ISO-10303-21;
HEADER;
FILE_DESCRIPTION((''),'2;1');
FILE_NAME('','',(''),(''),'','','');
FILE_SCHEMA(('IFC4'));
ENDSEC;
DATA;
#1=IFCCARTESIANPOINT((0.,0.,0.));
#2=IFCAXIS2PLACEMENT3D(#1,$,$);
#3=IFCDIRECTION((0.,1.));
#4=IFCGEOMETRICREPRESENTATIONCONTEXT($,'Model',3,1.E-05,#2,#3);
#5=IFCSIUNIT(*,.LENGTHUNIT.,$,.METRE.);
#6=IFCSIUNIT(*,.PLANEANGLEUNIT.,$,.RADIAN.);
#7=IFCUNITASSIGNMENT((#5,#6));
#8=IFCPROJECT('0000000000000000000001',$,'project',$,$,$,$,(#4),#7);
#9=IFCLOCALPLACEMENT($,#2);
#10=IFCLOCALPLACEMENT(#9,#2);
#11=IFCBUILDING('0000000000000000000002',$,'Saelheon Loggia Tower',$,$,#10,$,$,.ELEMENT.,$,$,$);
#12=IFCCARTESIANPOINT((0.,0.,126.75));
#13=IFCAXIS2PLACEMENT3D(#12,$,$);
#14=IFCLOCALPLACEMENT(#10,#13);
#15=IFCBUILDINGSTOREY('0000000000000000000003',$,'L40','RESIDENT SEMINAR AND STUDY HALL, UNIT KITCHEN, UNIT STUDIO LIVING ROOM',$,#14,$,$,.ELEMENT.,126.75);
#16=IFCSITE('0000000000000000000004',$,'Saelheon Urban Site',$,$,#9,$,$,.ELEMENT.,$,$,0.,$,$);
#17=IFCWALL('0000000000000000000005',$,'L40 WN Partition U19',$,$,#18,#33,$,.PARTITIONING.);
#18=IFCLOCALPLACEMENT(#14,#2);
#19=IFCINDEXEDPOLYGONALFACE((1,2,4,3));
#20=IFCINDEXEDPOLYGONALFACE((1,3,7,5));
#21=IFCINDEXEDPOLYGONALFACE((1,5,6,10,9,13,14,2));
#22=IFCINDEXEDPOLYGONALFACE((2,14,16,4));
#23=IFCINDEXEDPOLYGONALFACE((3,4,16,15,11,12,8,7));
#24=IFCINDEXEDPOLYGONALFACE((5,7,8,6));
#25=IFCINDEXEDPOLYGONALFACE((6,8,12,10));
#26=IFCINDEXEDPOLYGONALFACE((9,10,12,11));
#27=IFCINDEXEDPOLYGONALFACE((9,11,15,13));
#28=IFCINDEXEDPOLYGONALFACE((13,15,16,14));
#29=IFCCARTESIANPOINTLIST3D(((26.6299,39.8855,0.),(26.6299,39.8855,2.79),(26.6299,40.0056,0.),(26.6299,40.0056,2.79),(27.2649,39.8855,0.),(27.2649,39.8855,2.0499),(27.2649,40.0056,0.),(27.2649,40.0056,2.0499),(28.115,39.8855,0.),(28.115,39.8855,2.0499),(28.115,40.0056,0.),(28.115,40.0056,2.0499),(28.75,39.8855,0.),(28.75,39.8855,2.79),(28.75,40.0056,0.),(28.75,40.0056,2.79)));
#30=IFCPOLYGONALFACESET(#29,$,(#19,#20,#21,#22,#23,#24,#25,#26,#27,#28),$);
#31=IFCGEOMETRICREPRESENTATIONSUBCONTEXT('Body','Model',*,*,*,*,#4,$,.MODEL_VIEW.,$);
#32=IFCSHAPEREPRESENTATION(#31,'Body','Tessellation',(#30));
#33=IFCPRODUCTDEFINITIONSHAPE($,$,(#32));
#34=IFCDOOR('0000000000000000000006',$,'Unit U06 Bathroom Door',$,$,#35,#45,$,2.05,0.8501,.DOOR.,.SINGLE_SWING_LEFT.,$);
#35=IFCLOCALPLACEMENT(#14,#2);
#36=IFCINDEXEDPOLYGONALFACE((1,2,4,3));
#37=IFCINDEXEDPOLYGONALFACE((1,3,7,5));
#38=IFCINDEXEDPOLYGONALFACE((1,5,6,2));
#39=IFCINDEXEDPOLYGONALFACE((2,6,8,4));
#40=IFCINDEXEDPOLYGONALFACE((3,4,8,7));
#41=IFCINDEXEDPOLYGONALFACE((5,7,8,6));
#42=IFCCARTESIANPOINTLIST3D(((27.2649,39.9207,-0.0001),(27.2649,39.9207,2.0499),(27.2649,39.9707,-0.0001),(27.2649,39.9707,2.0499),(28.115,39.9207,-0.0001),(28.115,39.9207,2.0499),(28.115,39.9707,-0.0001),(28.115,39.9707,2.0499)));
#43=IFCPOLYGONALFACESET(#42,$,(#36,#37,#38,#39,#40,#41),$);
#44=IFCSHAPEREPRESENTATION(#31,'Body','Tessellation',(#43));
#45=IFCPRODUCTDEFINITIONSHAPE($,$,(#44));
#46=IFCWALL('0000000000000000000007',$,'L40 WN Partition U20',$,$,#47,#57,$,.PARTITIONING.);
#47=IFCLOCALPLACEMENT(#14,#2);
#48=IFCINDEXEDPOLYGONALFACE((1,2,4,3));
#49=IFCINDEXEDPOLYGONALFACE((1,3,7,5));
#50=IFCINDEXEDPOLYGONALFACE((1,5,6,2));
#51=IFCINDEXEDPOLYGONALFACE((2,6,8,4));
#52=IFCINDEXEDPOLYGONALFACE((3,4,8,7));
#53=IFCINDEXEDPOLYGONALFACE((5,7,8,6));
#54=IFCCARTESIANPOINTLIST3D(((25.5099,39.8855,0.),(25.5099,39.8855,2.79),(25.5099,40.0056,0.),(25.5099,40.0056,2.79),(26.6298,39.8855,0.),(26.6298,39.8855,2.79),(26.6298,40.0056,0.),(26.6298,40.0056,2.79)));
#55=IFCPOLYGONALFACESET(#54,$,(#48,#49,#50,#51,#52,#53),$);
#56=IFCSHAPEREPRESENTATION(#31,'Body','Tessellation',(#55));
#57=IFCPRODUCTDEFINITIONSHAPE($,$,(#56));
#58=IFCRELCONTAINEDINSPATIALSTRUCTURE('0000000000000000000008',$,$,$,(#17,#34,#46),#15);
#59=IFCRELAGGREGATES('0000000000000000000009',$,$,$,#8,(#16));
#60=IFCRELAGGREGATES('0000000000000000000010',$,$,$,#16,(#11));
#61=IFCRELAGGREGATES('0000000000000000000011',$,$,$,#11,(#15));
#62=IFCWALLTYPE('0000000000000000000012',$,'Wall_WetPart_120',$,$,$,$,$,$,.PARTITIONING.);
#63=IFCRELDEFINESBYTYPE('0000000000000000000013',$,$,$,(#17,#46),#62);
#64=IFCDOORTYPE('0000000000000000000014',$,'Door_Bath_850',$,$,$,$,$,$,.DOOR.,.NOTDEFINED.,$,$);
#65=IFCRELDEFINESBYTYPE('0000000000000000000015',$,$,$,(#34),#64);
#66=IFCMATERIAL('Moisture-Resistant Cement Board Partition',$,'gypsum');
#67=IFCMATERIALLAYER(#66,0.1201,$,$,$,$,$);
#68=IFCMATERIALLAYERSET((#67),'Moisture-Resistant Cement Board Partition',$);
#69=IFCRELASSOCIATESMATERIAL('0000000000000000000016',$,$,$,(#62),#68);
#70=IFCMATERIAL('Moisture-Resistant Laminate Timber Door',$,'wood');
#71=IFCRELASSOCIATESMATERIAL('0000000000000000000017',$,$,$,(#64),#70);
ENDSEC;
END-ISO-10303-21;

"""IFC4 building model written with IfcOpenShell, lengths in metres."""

from ifc_helpers import new_model, si_unit, direction, frame, frame_2d, origin, place, context, subcontext, project, spatial, rectangle, extrude, source, transform, mapped, material, layer, layer_set, type_object, element, fill, save


model = new_model("IFC4")

# Units and contexts
model_context = context("Model", 3, precision=1e-05, world=origin(), true_north=direction((0.0, 1.0)))
body_context = subcontext(model_context, "Body", "Model", "MODEL_VIEW")
ifc_project = project(units=[si_unit("LENGTHUNIT", "METRE"), si_unit("PLANEANGLEUNIT", "RADIAN")], contexts=[model_context])

# Site, building, storey
site_placement = place(None, origin())
site = spatial("IfcSite", under=ifc_project, at=site_placement, Name="Saelheon Urban Site", CompositionType="ELEMENT", RefElevation=0.0)
building_placement = place(site_placement, origin())
building = spatial("IfcBuilding", under=site, at=building_placement, Name="Saelheon Loggia Tower", CompositionType="ELEMENT")
storey_placement = place(building_placement, frame((0.0, 0.0, 126.75)))
storey = spatial("IfcBuildingStorey", under=building, at=storey_placement, Name="L40", Description="RESIDENT SEMINAR AND STUDY HALL, UNIT KITCHEN, UNIT STUDIO LIVING ROOM", CompositionType="ELEMENT", Elevation=126.75)

# Shared definitions
ifc_material_1 = material(Name="Moisture-Resistant Cement Board Partition", Category="gypsum")
ifc_layer_1 = layer(ifc_material_1, 0.1201)
ifc_layer_set_1 = layer_set([ifc_layer_1], Name="Moisture-Resistant Cement Board Partition")
wall_type_1 = type_object("IfcWallType", Name="Wall_WetPart_120", PredefinedType="PARTITIONING", material=ifc_layer_set_1)

# Wall, opening, door
wall_1_placement = place(storey_placement, frame((28.75, 39.9456, 0.0), z_axis=(0.0, 0.0, 1.0), x_axis=(-1.0, 0.0, 0.0)))
wall_1 = element("IfcWall", 1, at=wall_1_placement, inside=storey, type_object=wall_type_1, Name="L40 WN Partition U19", PredefinedType="PARTITIONING", context=body_context, shape_type="SweptSolid", body=[
    extrude(rectangle(XDim=2.1201, YDim=0.1201, at=frame_2d((1.0601, 0.0))), origin(), (0.0, 0.0, 1.0), 2.79),
])
opening_1_placement = place(wall_1_placement, frame((0.635, 0.0, 0.0)))
opening_1 = element("IfcOpeningElement", 2, at=opening_1_placement, cuts=wall_1, PredefinedType="OPENING", context=body_context, shape_type="SweptSolid", body=[
    extrude(rectangle(XDim=0.8501, YDim=2.05, at=frame_2d((0.425, 1.0249))), frame((0.0, 0.072, 0.0), z_axis=(0.0, -1.0, 0.0), x_axis=(1.0, 0.0, 0.0)), (0.0, 0.0, 1.0), 0.144),
])
ifc_material_2 = material(Name="Moisture-Resistant Laminate Timber Door", Category="wood")
door_type_1 = type_object("IfcDoorType", Name="Door_Bath_850", OperationType="NOTDEFINED", PredefinedType="DOOR", material=ifc_material_2)
shared_shape_1 = source(origin(), body_context, "Body", "SweptSolid", [
    extrude(rectangle(XDim=0.8501, YDim=2.05, at=frame_2d((0.425, 1.0249))), frame((0.0, 0.0249, 0.0), z_axis=(0.0, -1.0, 0.0), x_axis=(1.0, 0.0, 0.0)), (0.0, 0.0, 1.0), 0.05),
])
door_1_placement = place(opening_1_placement, origin())
door_1 = element("IfcDoor", 3, at=door_1_placement, inside=storey, type_object=door_type_1, Name="Unit U06 Bathroom Door", OperationType="SINGLE_SWING_LEFT", OverallHeight=2.05, OverallWidth=0.8501, PredefinedType="DOOR", context=body_context, shape_type="MappedRepresentation", body=[
    mapped(shared_shape_1, transform((0.0, 0.0, 0.0), scale=1.0)),
])
fill(opening_1, door_1)

# Wall
wall_2_placement = place(storey_placement, frame((26.6299, 39.9456, 0.0), z_axis=(0.0, 0.0, 1.0), x_axis=(-1.0, 0.0, 0.0)))
element("IfcWall", 4, at=wall_2_placement, inside=storey, type_object=wall_type_1, Name="L40 WN Partition U20", PredefinedType="PARTITIONING", context=body_context, shape_type="SweptSolid", body=[
    extrude(rectangle(XDim=1.1199, YDim=0.1201, at=frame_2d((0.5601, 0.0))), origin(), (0.0, 0.0, 1.0), 2.79),
])

save(model, "model.ifc")
